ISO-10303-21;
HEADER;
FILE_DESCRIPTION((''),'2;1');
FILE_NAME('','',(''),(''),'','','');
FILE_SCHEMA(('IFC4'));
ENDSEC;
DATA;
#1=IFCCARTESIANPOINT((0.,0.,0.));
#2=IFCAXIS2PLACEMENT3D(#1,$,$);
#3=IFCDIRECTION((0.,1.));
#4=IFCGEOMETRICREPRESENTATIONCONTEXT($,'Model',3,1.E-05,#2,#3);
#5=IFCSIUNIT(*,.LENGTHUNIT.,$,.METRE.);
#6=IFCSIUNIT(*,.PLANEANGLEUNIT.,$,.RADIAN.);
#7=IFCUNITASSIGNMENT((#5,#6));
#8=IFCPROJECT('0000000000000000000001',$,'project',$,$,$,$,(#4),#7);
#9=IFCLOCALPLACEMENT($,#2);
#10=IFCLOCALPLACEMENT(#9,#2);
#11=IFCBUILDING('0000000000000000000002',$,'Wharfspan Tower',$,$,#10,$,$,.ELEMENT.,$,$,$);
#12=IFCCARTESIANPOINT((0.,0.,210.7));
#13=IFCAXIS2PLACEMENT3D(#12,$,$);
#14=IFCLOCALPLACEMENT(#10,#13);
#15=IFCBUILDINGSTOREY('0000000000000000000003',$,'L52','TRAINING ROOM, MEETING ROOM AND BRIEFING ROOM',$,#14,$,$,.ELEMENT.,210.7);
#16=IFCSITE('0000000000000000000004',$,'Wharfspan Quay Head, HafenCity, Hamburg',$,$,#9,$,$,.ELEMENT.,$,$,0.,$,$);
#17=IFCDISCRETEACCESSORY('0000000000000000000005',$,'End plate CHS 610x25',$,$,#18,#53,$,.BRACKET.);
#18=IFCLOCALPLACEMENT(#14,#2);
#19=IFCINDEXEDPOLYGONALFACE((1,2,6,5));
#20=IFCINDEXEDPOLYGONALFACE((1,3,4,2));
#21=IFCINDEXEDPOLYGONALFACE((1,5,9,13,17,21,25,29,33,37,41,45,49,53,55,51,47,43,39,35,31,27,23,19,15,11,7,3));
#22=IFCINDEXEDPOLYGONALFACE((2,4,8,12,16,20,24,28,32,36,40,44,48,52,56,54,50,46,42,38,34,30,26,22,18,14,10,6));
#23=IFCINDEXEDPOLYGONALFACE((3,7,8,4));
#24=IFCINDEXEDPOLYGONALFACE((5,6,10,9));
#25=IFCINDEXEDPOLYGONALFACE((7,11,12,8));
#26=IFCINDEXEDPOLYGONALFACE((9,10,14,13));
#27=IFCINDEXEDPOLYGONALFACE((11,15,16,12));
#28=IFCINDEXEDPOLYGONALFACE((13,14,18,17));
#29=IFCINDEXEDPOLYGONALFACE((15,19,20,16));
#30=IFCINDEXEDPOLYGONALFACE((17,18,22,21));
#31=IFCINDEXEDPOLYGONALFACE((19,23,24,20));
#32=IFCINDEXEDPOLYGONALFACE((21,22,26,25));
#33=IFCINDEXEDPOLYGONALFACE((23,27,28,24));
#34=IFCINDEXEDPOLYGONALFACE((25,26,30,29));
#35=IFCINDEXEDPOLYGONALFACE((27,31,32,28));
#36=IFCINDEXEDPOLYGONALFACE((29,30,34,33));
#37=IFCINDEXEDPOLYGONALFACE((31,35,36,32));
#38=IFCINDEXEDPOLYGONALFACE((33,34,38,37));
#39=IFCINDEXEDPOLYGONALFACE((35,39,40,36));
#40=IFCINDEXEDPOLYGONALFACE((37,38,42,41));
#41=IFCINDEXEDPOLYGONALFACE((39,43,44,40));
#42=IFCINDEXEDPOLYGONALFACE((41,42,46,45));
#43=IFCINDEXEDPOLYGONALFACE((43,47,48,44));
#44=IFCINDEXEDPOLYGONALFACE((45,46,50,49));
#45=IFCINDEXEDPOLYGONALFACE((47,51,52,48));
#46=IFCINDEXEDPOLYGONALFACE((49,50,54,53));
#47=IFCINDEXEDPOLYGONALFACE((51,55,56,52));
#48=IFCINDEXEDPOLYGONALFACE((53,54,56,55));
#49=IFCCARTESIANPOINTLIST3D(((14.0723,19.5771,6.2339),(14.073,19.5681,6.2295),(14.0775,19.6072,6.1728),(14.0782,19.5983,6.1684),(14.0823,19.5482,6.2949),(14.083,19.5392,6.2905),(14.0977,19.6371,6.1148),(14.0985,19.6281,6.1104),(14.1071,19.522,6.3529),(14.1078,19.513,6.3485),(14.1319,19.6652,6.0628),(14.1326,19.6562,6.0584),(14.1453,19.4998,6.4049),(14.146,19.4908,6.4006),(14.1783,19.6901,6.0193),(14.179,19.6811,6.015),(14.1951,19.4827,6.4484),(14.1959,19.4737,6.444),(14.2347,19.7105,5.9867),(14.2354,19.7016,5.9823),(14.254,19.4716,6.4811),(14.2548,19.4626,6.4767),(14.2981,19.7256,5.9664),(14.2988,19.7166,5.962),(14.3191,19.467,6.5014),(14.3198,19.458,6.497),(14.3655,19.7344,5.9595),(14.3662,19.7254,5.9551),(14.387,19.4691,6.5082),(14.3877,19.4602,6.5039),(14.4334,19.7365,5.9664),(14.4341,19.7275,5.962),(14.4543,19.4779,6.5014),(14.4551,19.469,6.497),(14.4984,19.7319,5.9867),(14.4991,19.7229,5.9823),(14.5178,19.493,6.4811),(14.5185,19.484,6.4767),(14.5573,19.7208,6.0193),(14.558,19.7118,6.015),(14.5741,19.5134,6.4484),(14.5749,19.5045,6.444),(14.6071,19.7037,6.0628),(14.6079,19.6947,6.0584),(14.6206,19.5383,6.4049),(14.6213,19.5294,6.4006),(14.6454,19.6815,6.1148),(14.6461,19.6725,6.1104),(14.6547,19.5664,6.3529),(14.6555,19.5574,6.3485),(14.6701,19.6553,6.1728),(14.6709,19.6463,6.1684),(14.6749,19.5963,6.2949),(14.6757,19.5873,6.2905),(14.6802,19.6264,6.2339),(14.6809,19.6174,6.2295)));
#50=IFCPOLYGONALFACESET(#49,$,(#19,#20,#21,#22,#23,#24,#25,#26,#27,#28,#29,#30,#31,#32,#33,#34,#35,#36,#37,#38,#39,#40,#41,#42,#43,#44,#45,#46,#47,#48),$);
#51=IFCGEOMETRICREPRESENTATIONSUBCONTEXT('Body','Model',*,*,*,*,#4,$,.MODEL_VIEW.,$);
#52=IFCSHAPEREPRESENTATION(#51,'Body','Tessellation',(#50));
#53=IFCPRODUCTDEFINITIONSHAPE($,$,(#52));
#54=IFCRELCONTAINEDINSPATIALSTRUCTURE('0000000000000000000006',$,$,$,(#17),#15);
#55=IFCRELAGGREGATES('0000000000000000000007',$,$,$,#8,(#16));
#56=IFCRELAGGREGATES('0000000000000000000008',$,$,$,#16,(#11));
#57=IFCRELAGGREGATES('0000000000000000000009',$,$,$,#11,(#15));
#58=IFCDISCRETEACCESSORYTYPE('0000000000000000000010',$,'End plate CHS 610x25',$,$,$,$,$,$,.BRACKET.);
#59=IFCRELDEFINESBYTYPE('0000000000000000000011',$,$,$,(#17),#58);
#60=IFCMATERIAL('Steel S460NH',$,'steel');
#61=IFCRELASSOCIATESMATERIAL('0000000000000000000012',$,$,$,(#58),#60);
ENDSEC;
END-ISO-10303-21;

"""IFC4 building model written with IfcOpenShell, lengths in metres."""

from ifc_helpers import new_model, si_unit, direction, frame, origin, origin_2d, place, context, subcontext, project, spatial, circle, extrude, material, material_profile, profile_set, type_object, element, save


model = new_model("IFC4")

# Units and contexts
model_context = context("Model", 3, precision=1e-05, world=origin(), true_north=direction((0.0, 1.0)))
body_context = subcontext(model_context, "Body", "Model", "MODEL_VIEW")
ifc_project = project(units=[si_unit("LENGTHUNIT", "METRE"), si_unit("PLANEANGLEUNIT", "RADIAN")], contexts=[model_context])

# Site, building, storey
site_placement = place(None, origin())
site = spatial("IfcSite", under=ifc_project, at=site_placement, Name="Wharfspan Quay Head, HafenCity, Hamburg", CompositionType="ELEMENT", RefElevation=0.0)
building_placement = place(site_placement, origin())
building = spatial("IfcBuilding", under=site, at=building_placement, Name="Wharfspan Tower", CompositionType="ELEMENT")
storey_placement = place(building_placement, frame((0.0, 0.0, 210.7)))
storey = spatial("IfcBuildingStorey", under=building, at=storey_placement, Name="L52", Description="TRAINING ROOM, MEETING ROOM AND BRIEFING ROOM", CompositionType="ELEMENT", Elevation=210.7)

# Shared definitions
ifc_material_1 = material(Name="Steel S460NH", Category="steel")

# Discrete accessory
ifc_material_profile_1 = material_profile(ifc_material_1, circle(Radius=0.3049, at=origin_2d()))
ifc_profile_set_1 = profile_set([ifc_material_profile_1], Name="Steel S460NH")
discrete_accessory_type = type_object("IfcDiscreteAccessoryType", Name="End plate CHS 610x25", PredefinedType="BRACKET", material=ifc_profile_set_1)
for number, where, z_axis, x_axis, name in (
    (1, (14.377, 19.5928, 6.2295), (-0.072718, 0.896854, 0.436308), (-0.996729, -0.080815, -0.000002), "End plate CHS 610x25"),
):
    element("IfcDiscreteAccessory", number, at=place(storey_placement, frame(where, z_axis=z_axis, x_axis=x_axis)), inside=storey, type_object=discrete_accessory_type, Name=name, PredefinedType="BRACKET", context=body_context, shape_type="SweptSolid", body=[
        extrude(circle(Radius=0.3049, at=origin_2d()), origin(), (0.0, 0.0, 1.0), 0.01),
    ])

save(model, "model.ifc")
